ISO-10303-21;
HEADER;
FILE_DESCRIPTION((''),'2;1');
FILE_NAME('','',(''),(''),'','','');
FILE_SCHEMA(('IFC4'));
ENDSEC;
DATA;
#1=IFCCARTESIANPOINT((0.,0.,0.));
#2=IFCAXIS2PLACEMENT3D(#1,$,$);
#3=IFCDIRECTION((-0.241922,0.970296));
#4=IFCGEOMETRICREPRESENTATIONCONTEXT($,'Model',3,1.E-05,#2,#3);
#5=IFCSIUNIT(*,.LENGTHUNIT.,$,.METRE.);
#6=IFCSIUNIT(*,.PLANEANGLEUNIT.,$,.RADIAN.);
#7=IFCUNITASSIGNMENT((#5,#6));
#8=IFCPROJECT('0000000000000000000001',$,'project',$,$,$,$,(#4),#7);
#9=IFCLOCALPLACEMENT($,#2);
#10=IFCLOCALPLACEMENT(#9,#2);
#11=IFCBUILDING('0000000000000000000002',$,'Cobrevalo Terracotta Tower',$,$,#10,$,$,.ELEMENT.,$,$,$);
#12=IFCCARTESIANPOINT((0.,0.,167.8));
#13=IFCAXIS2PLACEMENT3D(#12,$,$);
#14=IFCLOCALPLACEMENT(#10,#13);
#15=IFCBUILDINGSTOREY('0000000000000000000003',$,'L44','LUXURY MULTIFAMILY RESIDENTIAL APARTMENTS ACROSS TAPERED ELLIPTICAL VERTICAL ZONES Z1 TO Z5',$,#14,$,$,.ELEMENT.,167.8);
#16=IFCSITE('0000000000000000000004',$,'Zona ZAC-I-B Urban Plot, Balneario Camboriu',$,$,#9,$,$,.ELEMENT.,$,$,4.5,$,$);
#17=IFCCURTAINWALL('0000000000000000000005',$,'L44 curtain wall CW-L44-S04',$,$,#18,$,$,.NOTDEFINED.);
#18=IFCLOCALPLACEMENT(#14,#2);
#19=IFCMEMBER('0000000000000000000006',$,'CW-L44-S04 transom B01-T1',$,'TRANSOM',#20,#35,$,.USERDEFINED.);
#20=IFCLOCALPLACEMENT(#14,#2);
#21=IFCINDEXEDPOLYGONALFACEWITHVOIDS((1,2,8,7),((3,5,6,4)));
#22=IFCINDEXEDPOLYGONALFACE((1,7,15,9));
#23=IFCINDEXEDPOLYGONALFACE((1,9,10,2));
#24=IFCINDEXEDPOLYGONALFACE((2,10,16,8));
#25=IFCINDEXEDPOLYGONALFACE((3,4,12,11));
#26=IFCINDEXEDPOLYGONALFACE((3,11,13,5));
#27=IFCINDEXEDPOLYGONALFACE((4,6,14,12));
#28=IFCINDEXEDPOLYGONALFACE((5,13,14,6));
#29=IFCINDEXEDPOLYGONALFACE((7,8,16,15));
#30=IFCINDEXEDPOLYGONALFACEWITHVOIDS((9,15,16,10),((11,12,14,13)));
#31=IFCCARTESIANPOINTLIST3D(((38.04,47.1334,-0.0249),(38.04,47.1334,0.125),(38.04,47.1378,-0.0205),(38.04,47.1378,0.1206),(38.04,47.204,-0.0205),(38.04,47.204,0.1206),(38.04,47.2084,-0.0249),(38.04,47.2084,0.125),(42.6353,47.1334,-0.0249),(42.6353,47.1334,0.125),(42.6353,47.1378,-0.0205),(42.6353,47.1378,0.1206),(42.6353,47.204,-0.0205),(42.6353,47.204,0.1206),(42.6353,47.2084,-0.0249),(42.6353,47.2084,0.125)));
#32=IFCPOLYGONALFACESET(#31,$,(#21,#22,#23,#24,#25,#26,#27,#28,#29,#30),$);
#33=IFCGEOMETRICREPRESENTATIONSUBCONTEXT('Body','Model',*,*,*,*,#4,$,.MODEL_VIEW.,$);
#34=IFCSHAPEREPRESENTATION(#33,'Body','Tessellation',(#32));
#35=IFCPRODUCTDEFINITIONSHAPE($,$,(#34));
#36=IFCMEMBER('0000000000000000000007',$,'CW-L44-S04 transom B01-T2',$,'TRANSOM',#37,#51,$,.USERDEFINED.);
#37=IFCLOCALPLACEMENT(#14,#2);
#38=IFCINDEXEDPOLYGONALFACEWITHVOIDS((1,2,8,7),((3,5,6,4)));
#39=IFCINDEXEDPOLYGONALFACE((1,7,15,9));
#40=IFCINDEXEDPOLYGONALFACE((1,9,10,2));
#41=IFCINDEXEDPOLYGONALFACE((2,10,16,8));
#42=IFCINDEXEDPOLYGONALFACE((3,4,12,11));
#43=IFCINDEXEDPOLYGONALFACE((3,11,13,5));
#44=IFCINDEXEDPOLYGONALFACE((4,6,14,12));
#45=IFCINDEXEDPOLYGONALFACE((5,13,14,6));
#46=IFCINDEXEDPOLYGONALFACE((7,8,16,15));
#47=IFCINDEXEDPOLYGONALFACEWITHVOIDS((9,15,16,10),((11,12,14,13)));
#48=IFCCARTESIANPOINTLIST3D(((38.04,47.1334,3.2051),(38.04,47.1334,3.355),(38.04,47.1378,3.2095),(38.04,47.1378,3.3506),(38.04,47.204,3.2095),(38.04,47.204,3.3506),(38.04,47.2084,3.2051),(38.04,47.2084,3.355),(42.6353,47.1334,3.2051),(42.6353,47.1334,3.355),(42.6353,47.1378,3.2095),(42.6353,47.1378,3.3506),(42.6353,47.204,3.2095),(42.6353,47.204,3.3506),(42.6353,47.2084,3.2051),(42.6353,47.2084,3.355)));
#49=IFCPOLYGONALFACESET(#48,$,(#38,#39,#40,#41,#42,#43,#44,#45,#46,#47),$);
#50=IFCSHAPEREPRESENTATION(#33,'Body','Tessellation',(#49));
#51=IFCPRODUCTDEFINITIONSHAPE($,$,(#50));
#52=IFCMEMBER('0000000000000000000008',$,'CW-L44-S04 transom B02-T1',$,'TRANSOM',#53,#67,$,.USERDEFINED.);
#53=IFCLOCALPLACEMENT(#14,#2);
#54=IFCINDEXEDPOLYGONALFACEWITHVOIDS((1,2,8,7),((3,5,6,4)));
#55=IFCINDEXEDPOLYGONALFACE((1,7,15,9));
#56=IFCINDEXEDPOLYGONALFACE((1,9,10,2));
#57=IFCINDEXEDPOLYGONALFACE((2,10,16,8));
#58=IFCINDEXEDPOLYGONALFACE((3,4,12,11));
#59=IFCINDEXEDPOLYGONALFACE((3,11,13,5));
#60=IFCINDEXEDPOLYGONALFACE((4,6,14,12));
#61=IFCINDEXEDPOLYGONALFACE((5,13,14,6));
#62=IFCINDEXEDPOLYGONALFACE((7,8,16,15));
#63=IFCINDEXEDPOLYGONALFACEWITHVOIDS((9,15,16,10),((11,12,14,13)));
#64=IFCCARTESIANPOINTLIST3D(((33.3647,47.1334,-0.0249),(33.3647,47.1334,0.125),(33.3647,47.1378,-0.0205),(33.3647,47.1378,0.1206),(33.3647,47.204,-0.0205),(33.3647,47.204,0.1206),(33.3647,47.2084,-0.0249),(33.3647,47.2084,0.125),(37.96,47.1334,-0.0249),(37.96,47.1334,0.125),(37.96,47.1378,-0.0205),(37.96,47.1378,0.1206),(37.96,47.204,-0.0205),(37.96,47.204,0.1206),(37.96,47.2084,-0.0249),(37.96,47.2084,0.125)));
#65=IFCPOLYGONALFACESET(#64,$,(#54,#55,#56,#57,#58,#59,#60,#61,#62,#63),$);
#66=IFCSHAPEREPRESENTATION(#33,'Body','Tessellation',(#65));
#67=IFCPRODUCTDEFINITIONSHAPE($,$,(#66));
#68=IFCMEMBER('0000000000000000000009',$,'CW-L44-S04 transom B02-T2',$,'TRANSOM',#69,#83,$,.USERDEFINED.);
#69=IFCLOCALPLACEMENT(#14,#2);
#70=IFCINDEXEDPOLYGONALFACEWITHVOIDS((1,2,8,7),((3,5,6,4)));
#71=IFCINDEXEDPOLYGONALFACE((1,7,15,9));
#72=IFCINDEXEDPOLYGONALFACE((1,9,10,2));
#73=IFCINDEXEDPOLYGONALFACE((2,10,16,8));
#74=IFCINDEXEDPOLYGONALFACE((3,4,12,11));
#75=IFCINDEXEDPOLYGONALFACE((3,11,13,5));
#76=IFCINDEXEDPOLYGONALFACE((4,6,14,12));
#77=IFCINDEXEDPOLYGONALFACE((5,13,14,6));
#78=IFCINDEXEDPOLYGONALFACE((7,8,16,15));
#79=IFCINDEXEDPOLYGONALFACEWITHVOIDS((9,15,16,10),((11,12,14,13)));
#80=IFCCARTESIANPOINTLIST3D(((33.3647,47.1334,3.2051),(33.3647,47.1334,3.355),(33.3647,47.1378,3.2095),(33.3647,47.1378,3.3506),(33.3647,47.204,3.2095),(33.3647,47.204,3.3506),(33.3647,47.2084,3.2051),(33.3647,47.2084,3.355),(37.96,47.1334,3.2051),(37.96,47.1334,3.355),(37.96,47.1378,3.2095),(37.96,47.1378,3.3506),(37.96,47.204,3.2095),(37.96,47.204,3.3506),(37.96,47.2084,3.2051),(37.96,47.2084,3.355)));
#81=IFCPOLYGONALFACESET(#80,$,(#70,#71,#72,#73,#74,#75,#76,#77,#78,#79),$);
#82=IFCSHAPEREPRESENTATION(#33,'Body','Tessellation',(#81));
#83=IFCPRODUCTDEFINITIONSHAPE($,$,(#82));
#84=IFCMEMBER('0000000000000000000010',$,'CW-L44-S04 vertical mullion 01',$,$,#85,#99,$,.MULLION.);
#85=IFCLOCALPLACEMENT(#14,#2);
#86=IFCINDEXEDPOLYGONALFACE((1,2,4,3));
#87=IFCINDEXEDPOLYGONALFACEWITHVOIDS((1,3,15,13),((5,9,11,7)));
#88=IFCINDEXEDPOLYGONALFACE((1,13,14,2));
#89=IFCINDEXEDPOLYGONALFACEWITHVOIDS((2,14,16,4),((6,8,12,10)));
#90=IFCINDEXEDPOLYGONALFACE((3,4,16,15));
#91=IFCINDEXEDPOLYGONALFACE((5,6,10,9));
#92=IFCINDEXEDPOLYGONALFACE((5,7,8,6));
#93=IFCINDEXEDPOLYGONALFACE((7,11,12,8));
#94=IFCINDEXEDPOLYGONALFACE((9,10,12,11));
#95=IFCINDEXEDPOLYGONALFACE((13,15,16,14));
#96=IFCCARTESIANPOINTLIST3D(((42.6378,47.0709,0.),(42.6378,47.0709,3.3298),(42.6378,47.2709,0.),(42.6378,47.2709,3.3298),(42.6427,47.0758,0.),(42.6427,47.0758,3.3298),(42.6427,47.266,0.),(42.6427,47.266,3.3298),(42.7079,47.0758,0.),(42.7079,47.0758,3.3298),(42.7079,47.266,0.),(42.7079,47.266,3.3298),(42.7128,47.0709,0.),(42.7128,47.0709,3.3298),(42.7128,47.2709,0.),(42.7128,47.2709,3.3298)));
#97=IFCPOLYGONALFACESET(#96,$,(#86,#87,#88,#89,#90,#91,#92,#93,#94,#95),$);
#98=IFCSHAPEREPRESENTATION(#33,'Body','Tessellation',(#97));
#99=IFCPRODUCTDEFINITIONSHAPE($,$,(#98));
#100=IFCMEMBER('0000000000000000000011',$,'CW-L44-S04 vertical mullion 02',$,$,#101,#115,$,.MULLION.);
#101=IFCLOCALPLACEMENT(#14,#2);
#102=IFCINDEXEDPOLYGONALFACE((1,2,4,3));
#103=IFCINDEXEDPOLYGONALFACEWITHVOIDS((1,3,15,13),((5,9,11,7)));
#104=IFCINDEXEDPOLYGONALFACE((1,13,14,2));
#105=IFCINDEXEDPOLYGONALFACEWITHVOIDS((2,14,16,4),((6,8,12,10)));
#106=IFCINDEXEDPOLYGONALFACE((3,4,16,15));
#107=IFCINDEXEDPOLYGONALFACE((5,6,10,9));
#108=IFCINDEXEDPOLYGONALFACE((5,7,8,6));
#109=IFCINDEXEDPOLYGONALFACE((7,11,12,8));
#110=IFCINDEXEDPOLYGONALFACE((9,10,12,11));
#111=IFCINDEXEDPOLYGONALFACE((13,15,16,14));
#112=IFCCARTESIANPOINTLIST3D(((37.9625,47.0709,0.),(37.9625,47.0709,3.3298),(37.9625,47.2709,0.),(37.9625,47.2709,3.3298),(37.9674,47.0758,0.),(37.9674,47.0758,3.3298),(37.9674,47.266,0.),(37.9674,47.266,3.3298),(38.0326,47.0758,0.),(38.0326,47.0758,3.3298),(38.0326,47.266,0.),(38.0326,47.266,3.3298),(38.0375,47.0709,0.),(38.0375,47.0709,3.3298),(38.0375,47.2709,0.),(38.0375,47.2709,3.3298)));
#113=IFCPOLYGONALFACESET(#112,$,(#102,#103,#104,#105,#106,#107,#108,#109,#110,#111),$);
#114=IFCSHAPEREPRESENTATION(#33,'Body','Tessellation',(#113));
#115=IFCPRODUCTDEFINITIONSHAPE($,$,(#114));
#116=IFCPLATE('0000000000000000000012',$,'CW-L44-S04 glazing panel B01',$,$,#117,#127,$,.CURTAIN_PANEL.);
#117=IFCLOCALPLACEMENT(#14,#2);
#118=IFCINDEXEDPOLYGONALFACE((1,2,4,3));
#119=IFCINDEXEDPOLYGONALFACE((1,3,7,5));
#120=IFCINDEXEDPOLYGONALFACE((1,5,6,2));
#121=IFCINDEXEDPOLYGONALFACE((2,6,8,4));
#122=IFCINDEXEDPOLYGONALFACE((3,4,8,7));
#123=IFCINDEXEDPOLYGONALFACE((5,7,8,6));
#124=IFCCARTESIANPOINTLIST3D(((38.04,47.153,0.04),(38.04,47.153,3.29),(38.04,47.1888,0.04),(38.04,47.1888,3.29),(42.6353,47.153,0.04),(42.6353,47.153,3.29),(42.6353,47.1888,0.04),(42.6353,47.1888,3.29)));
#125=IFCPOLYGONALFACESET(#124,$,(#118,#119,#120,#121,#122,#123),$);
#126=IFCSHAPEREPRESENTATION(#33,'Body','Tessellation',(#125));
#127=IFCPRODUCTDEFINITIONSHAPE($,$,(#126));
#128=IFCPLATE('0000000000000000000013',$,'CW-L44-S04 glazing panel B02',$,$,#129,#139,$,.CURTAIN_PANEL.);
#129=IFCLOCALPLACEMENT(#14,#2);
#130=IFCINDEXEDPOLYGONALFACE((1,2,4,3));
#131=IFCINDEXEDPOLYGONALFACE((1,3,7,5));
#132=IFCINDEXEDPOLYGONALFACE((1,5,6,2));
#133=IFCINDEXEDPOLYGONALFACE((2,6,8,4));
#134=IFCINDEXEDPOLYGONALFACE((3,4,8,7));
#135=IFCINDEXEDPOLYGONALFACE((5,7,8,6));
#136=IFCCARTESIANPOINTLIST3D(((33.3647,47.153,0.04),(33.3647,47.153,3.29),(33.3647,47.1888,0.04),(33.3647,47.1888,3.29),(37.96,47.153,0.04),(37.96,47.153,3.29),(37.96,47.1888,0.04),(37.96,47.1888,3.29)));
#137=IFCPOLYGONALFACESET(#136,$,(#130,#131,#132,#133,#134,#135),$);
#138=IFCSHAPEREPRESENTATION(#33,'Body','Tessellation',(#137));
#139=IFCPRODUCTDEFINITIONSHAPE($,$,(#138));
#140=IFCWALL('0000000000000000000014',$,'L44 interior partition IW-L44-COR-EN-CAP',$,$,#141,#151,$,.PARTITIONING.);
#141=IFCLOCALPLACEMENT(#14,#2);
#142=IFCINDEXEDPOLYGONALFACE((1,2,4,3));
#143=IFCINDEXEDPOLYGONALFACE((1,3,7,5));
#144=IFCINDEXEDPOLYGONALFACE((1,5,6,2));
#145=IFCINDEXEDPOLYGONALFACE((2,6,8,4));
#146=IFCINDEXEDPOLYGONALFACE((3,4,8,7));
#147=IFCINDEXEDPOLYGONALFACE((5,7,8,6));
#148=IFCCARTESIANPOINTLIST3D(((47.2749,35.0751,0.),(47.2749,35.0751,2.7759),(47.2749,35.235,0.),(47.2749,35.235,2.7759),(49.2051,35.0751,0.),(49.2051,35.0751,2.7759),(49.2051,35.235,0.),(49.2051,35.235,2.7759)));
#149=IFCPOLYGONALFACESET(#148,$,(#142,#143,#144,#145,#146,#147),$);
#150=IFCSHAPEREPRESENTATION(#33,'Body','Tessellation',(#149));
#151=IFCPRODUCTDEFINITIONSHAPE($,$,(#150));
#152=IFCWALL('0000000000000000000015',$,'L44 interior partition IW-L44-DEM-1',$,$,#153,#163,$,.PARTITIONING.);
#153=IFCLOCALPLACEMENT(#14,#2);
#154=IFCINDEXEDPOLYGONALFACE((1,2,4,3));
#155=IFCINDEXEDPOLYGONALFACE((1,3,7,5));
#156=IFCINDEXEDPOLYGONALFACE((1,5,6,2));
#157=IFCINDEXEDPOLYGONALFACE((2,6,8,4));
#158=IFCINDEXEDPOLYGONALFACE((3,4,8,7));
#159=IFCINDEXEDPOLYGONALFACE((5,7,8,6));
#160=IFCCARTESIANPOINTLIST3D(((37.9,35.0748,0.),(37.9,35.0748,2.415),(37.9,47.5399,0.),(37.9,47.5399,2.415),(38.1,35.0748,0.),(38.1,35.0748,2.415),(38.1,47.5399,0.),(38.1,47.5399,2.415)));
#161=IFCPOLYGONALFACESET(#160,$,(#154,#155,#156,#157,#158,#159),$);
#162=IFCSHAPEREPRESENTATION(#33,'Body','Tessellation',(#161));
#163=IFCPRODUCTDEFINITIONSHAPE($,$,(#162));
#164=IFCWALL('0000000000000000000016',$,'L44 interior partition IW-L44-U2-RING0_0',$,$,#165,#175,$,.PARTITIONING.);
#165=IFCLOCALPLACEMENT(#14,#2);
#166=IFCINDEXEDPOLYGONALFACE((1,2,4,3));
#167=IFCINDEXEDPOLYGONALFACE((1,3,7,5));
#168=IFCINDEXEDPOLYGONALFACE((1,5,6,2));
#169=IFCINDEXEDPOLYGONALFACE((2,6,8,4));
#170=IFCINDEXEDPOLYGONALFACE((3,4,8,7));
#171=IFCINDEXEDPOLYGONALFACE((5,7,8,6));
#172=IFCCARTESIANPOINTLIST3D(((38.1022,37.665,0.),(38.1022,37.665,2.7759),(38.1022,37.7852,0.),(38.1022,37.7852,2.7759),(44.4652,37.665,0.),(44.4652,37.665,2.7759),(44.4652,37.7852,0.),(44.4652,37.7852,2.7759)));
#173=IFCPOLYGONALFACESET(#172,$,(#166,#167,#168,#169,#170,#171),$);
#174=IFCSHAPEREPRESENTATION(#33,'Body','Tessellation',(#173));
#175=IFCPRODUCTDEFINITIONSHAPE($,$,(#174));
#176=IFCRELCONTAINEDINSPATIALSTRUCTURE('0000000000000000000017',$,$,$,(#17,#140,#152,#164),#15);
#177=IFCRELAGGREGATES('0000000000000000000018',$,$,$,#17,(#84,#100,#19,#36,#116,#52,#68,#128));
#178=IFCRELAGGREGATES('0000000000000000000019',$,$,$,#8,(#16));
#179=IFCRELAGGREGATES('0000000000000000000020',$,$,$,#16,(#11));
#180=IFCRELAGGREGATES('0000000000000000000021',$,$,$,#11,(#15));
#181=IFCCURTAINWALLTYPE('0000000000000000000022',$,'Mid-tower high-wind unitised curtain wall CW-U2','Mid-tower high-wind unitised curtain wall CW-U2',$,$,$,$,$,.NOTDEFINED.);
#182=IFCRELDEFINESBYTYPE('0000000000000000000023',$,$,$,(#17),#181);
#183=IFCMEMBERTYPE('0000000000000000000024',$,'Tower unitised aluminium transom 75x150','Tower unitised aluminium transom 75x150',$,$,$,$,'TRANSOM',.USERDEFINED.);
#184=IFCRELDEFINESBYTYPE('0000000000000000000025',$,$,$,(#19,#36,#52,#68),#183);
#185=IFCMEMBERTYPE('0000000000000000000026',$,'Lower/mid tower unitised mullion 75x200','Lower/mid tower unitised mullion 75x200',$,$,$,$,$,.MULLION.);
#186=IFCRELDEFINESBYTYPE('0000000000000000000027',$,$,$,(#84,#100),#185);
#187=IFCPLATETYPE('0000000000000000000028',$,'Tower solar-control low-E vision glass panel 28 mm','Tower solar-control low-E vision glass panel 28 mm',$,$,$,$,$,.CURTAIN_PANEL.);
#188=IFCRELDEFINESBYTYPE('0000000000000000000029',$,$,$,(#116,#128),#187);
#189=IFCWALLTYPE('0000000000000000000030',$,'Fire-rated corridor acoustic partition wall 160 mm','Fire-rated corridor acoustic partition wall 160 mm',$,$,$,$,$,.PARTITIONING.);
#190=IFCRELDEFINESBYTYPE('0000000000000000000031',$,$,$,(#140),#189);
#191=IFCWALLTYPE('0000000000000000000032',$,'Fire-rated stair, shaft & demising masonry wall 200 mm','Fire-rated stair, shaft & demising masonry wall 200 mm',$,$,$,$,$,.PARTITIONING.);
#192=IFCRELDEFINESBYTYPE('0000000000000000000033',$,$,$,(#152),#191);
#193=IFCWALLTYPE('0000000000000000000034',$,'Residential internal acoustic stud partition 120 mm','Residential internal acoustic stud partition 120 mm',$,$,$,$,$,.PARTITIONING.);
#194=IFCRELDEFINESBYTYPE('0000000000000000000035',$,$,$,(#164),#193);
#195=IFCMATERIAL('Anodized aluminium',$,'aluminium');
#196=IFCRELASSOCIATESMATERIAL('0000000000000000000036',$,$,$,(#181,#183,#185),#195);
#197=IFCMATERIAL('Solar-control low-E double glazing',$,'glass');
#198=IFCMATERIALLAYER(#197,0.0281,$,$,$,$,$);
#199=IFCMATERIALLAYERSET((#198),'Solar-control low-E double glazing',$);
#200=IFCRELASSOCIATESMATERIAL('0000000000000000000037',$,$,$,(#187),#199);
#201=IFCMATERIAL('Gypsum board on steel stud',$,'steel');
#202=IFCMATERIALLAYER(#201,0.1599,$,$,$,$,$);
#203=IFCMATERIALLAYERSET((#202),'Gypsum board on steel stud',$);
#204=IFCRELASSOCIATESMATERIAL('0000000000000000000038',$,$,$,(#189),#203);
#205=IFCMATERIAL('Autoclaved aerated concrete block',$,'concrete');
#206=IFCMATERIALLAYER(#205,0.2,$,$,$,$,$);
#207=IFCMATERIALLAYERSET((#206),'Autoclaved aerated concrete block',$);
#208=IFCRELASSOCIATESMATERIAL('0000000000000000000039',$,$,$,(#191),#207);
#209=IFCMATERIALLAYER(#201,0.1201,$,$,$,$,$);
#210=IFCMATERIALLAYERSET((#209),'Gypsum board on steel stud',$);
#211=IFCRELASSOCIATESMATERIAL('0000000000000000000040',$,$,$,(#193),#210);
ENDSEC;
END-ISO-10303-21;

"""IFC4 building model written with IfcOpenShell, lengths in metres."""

from ifc_helpers import new_model, si_unit, direction, frame, frame_2d, origin, origin_2d, place, context, subcontext, project, spatial, rectangle, hollow_rectangle, extrude, source, transform, mapped, material, layer, layer_set, material_profile, profile_set, type_object, element, aggregate, save


model = new_model("IFC4")

# Units and contexts
model_context = context("Model", 3, precision=1e-05, world=origin(), true_north=direction((-0.241922, 0.970296)))
body_context = subcontext(model_context, "Body", "Model", "MODEL_VIEW")
ifc_project = project(units=[si_unit("LENGTHUNIT", "METRE"), si_unit("PLANEANGLEUNIT", "RADIAN")], contexts=[model_context])

# Site, building, storey
site_placement = place(None, origin())
site = spatial("IfcSite", under=ifc_project, at=site_placement, Name="Zona ZAC-I-B Urban Plot, Balneario Camboriu", CompositionType="ELEMENT", RefElevation=4.5)
building_placement = place(site_placement, origin())
building = spatial("IfcBuilding", under=site, at=building_placement, Name="Cobrevalo Terracotta Tower", CompositionType="ELEMENT")
storey_placement = place(building_placement, frame((0.0, 0.0, 167.8)))
storey = spatial("IfcBuildingStorey", under=building, at=storey_placement, Name="L44", Description="LUXURY MULTIFAMILY RESIDENTIAL APARTMENTS ACROSS TAPERED ELLIPTICAL VERTICAL ZONES Z1 TO Z5", CompositionType="ELEMENT", Elevation=167.8)

# Curtain wall, members, plates
ifc_material_1 = material(Name="Anodized aluminium", Category="aluminium")
curtain_wall_type = type_object("IfcCurtainWallType", Name="Mid-tower high-wind unitised curtain wall CW-U2", Description="Mid-tower high-wind unitised curtain wall CW-U2", PredefinedType="NOTDEFINED", material=ifc_material_1)
curtain_wall_placement = place(storey_placement, origin())
curtain_wall = element("IfcCurtainWall", 1, at=curtain_wall_placement, inside=storey, type_object=curtain_wall_type, Name="L44 curtain wall CW-L44-S04", PredefinedType="NOTDEFINED")
ifc_material_profile_1 = material_profile(ifc_material_1, hollow_rectangle(XDim=0.075, YDim=0.1499, WallThickness=0.0044, at=origin_2d()), Name="CWT 75x150")
ifc_profile_set_1 = profile_set([ifc_material_profile_1], Name="Anodized aluminium")
member_type_1 = type_object("IfcMemberType", Name="Tower unitised aluminium transom 75x150", Description="Tower unitised aluminium transom 75x150", ElementType="TRANSOM", PredefinedType="USERDEFINED", material=ifc_profile_set_1)
shared_shape_1 = source(origin(), body_context, "Body", "SweptSolid", [
    extrude(hollow_rectangle(XDim=0.075, YDim=0.1499, WallThickness=0.0044, at=origin_2d()), origin(), (0.0, 0.0, 1.0), 4.5952),
])
member_1_placement = place(storey_placement, frame((42.6353, 47.1709, 0.05), z_axis=(-1.0, 0.0, 0.0), x_axis=(0.0, -1.0, 0.0)))
member_1 = element("IfcMember", 2, at=member_1_placement, type_object=member_type_1, Name="CW-L44-S04 transom B01-T1", ObjectType="TRANSOM", PredefinedType="USERDEFINED", context=body_context, shape_type="MappedRepresentation", body=[
    mapped(shared_shape_1, transform((0.0, 0.0, 0.0), scale=1.0)),
])
member_2_placement = place(storey_placement, frame((42.6353, 47.1709, 3.28), z_axis=(-1.0, 0.0, 0.0), x_axis=(0.0, -1.0, 0.0)))
member_2 = element("IfcMember", 3, at=member_2_placement, type_object=member_type_1, Name="CW-L44-S04 transom B01-T2", ObjectType="TRANSOM", PredefinedType="USERDEFINED", context=body_context, shape_type="MappedRepresentation", body=[
    mapped(shared_shape_1, transform((0.0, 0.0, 0.0), scale=1.0)),
])
member_3_placement = place(storey_placement, frame((37.96, 47.1709, 0.05), z_axis=(-1.0, 0.0, 0.0), x_axis=(0.0, -1.0, 0.0)))
member_3 = element("IfcMember", 4, at=member_3_placement, type_object=member_type_1, Name="CW-L44-S04 transom B02-T1", ObjectType="TRANSOM", PredefinedType="USERDEFINED", context=body_context, shape_type="MappedRepresentation", body=[
    mapped(shared_shape_1, transform((0.0, 0.0, 0.0), scale=1.0)),
])
member_4_placement = place(storey_placement, frame((37.96, 47.1709, 3.28), z_axis=(-1.0, 0.0, 0.0), x_axis=(0.0, -1.0, 0.0)))
member_4 = element("IfcMember", 5, at=member_4_placement, type_object=member_type_1, Name="CW-L44-S04 transom B02-T2", ObjectType="TRANSOM", PredefinedType="USERDEFINED", context=body_context, shape_type="MappedRepresentation", body=[
    mapped(shared_shape_1, transform((0.0, 0.0, 0.0), scale=1.0)),
])
ifc_material_profile_2 = material_profile(ifc_material_1, hollow_rectangle(XDim=0.075, YDim=0.2, WallThickness=0.0049, at=origin_2d()), Name="CWM 75x200")
ifc_profile_set_2 = profile_set([ifc_material_profile_2], Name="Anodized aluminium")
member_type_2 = type_object("IfcMemberType", Name="Lower/mid tower unitised mullion 75x200", Description="Lower/mid tower unitised mullion 75x200", PredefinedType="MULLION", material=ifc_profile_set_2)
shared_shape_2 = source(origin(), body_context, "Body", "SweptSolid", [
    extrude(hollow_rectangle(XDim=0.075, YDim=0.2, WallThickness=0.0049, at=origin_2d()), origin(), (0.0, 0.0, 1.0), 3.3298),
])
member_5_placement = place(storey_placement, frame((42.6753, 47.1709, 0.0), z_axis=(0.0, 0.0, 1.0), x_axis=(-1.0, 0.0, 0.0)))
member_5 = element("IfcMember", 6, at=member_5_placement, type_object=member_type_2, Name="CW-L44-S04 vertical mullion 01", PredefinedType="MULLION", context=body_context, shape_type="MappedRepresentation", body=[
    mapped(shared_shape_2, transform((0.0, 0.0, 0.0), scale=1.0)),
])
member_6_placement = place(storey_placement, frame((38.0, 47.1709, 0.0), z_axis=(0.0, 0.0, 1.0), x_axis=(-1.0, 0.0, 0.0)))
member_6 = element("IfcMember", 7, at=member_6_placement, type_object=member_type_2, Name="CW-L44-S04 vertical mullion 02", PredefinedType="MULLION", context=body_context, shape_type="MappedRepresentation", body=[
    mapped(shared_shape_2, transform((0.0, 0.0, 0.0), scale=1.0)),
])
ifc_material_2 = material(Name="Solar-control low-E double glazing", Category="glass")
ifc_layer_1 = layer(ifc_material_2, 0.0281)
ifc_layer_set_1 = layer_set([ifc_layer_1], Name="Solar-control low-E double glazing")
plate_type = type_object("IfcPlateType", Name="Tower solar-control low-E vision glass panel 28 mm", Description="Tower solar-control low-E vision glass panel 28 mm", PredefinedType="CURTAIN_PANEL", material=ifc_layer_set_1)
shared_shape_3 = source(origin(), body_context, "Body", "SweptSolid", [
    extrude(rectangle(XDim=4.5952, YDim=0.0359, at=origin_2d()), origin(), (0.0, 0.0, 1.0), 3.25),
])
plate_1_placement = place(storey_placement, frame((40.3376, 47.1709, 0.04), z_axis=(0.0, 0.0, 1.0), x_axis=(-1.0, 0.0, 0.0)))
plate_1 = element("IfcPlate", 8, at=plate_1_placement, type_object=plate_type, Name="CW-L44-S04 glazing panel B01", PredefinedType="CURTAIN_PANEL", context=body_context, shape_type="MappedRepresentation", body=[
    mapped(shared_shape_3, transform((0.0, 0.0, 0.0), scale=1.0)),
])
plate_2_placement = place(storey_placement, frame((35.6624, 47.1709, 0.04), z_axis=(0.0, 0.0, 1.0), x_axis=(-1.0, 0.0, 0.0)))
plate_2 = element("IfcPlate", 9, at=plate_2_placement, type_object=plate_type, Name="CW-L44-S04 glazing panel B02", PredefinedType="CURTAIN_PANEL", context=body_context, shape_type="MappedRepresentation", body=[
    mapped(shared_shape_3, transform((0.0, 0.0, 0.0), scale=1.0)),
])
aggregate(curtain_wall, [member_5, member_6, member_1, member_2, plate_1, member_3, member_4, plate_2])

# Walls
ifc_material_3 = material(Name="Gypsum board on steel stud", Category="steel")
ifc_layer_2 = layer(ifc_material_3, 0.1599)
ifc_layer_set_2 = layer_set([ifc_layer_2], Name="Gypsum board on steel stud")
wall_type_1 = type_object("IfcWallType", Name="Fire-rated corridor acoustic partition wall 160 mm", Description="Fire-rated corridor acoustic partition wall 160 mm", PredefinedType="PARTITIONING", material=ifc_layer_set_2)
wall_1_placement = place(storey_placement, frame((47.2749, 35.155, 0.0), z_axis=(0.0, 0.0, 1.0), x_axis=(1.0, 0.0, 0.0)))
element("IfcWall", 10, at=wall_1_placement, inside=storey, type_object=wall_type_1, Name="L44 interior partition IW-L44-COR-EN-CAP", PredefinedType="PARTITIONING", context=body_context, shape_type="SweptSolid", body=[
    extrude(rectangle(XDim=1.9302, YDim=0.1599, at=frame_2d((0.9651, 0.0))), origin(), (0.0, 0.0, 1.0), 2.7759),
])
ifc_material_4 = material(Name="Autoclaved aerated concrete block", Category="concrete")
ifc_layer_3 = layer(ifc_material_4, 0.2)
ifc_layer_set_3 = layer_set([ifc_layer_3], Name="Autoclaved aerated concrete block")
wall_type_2 = type_object("IfcWallType", Name="Fire-rated stair, shaft & demising masonry wall 200 mm", Description="Fire-rated stair, shaft & demising masonry wall 200 mm", PredefinedType="PARTITIONING", material=ifc_layer_set_3)
wall_2_placement = place(storey_placement, frame((38.0, 35.075, 0.0), z_axis=(0.0, 0.0, 1.0), x_axis=(0.0, 1.0, 0.0)))
element("IfcWall", 11, at=wall_2_placement, inside=storey, type_object=wall_type_2, Name="L44 interior partition IW-L44-DEM-1", PredefinedType="PARTITIONING", context=body_context, shape_type="SweptSolid", body=[
    extrude(rectangle(XDim=12.4651, YDim=0.2, at=frame_2d((6.2324, 0.0))), origin(), (0.0, 0.0, 1.0), 2.415),
])
ifc_layer_4 = layer(ifc_material_3, 0.1201)
ifc_layer_set_4 = layer_set([ifc_layer_4], Name="Gypsum board on steel stud")
wall_type_3 = type_object("IfcWallType", Name="Residential internal acoustic stud partition 120 mm", Description="Residential internal acoustic stud partition 120 mm", PredefinedType="PARTITIONING", material=ifc_layer_set_4)
wall_3_placement = place(storey_placement, frame((38.1021, 37.7251, 0.0), z_axis=(0.0, 0.0, 1.0), x_axis=(1.0, 0.0, 0.0)))
element("IfcWall", 12, at=wall_3_placement, inside=storey, type_object=wall_type_3, Name="L44 interior partition IW-L44-U2-RING0_0", PredefinedType="PARTITIONING", context=body_context, shape_type="SweptSolid", body=[
    extrude(rectangle(XDim=6.363, YDim=0.1201, at=frame_2d((3.1816, 0.0))), origin(), (0.0, 0.0, 1.0), 2.7759),
])

save(model, "model.ifc")
